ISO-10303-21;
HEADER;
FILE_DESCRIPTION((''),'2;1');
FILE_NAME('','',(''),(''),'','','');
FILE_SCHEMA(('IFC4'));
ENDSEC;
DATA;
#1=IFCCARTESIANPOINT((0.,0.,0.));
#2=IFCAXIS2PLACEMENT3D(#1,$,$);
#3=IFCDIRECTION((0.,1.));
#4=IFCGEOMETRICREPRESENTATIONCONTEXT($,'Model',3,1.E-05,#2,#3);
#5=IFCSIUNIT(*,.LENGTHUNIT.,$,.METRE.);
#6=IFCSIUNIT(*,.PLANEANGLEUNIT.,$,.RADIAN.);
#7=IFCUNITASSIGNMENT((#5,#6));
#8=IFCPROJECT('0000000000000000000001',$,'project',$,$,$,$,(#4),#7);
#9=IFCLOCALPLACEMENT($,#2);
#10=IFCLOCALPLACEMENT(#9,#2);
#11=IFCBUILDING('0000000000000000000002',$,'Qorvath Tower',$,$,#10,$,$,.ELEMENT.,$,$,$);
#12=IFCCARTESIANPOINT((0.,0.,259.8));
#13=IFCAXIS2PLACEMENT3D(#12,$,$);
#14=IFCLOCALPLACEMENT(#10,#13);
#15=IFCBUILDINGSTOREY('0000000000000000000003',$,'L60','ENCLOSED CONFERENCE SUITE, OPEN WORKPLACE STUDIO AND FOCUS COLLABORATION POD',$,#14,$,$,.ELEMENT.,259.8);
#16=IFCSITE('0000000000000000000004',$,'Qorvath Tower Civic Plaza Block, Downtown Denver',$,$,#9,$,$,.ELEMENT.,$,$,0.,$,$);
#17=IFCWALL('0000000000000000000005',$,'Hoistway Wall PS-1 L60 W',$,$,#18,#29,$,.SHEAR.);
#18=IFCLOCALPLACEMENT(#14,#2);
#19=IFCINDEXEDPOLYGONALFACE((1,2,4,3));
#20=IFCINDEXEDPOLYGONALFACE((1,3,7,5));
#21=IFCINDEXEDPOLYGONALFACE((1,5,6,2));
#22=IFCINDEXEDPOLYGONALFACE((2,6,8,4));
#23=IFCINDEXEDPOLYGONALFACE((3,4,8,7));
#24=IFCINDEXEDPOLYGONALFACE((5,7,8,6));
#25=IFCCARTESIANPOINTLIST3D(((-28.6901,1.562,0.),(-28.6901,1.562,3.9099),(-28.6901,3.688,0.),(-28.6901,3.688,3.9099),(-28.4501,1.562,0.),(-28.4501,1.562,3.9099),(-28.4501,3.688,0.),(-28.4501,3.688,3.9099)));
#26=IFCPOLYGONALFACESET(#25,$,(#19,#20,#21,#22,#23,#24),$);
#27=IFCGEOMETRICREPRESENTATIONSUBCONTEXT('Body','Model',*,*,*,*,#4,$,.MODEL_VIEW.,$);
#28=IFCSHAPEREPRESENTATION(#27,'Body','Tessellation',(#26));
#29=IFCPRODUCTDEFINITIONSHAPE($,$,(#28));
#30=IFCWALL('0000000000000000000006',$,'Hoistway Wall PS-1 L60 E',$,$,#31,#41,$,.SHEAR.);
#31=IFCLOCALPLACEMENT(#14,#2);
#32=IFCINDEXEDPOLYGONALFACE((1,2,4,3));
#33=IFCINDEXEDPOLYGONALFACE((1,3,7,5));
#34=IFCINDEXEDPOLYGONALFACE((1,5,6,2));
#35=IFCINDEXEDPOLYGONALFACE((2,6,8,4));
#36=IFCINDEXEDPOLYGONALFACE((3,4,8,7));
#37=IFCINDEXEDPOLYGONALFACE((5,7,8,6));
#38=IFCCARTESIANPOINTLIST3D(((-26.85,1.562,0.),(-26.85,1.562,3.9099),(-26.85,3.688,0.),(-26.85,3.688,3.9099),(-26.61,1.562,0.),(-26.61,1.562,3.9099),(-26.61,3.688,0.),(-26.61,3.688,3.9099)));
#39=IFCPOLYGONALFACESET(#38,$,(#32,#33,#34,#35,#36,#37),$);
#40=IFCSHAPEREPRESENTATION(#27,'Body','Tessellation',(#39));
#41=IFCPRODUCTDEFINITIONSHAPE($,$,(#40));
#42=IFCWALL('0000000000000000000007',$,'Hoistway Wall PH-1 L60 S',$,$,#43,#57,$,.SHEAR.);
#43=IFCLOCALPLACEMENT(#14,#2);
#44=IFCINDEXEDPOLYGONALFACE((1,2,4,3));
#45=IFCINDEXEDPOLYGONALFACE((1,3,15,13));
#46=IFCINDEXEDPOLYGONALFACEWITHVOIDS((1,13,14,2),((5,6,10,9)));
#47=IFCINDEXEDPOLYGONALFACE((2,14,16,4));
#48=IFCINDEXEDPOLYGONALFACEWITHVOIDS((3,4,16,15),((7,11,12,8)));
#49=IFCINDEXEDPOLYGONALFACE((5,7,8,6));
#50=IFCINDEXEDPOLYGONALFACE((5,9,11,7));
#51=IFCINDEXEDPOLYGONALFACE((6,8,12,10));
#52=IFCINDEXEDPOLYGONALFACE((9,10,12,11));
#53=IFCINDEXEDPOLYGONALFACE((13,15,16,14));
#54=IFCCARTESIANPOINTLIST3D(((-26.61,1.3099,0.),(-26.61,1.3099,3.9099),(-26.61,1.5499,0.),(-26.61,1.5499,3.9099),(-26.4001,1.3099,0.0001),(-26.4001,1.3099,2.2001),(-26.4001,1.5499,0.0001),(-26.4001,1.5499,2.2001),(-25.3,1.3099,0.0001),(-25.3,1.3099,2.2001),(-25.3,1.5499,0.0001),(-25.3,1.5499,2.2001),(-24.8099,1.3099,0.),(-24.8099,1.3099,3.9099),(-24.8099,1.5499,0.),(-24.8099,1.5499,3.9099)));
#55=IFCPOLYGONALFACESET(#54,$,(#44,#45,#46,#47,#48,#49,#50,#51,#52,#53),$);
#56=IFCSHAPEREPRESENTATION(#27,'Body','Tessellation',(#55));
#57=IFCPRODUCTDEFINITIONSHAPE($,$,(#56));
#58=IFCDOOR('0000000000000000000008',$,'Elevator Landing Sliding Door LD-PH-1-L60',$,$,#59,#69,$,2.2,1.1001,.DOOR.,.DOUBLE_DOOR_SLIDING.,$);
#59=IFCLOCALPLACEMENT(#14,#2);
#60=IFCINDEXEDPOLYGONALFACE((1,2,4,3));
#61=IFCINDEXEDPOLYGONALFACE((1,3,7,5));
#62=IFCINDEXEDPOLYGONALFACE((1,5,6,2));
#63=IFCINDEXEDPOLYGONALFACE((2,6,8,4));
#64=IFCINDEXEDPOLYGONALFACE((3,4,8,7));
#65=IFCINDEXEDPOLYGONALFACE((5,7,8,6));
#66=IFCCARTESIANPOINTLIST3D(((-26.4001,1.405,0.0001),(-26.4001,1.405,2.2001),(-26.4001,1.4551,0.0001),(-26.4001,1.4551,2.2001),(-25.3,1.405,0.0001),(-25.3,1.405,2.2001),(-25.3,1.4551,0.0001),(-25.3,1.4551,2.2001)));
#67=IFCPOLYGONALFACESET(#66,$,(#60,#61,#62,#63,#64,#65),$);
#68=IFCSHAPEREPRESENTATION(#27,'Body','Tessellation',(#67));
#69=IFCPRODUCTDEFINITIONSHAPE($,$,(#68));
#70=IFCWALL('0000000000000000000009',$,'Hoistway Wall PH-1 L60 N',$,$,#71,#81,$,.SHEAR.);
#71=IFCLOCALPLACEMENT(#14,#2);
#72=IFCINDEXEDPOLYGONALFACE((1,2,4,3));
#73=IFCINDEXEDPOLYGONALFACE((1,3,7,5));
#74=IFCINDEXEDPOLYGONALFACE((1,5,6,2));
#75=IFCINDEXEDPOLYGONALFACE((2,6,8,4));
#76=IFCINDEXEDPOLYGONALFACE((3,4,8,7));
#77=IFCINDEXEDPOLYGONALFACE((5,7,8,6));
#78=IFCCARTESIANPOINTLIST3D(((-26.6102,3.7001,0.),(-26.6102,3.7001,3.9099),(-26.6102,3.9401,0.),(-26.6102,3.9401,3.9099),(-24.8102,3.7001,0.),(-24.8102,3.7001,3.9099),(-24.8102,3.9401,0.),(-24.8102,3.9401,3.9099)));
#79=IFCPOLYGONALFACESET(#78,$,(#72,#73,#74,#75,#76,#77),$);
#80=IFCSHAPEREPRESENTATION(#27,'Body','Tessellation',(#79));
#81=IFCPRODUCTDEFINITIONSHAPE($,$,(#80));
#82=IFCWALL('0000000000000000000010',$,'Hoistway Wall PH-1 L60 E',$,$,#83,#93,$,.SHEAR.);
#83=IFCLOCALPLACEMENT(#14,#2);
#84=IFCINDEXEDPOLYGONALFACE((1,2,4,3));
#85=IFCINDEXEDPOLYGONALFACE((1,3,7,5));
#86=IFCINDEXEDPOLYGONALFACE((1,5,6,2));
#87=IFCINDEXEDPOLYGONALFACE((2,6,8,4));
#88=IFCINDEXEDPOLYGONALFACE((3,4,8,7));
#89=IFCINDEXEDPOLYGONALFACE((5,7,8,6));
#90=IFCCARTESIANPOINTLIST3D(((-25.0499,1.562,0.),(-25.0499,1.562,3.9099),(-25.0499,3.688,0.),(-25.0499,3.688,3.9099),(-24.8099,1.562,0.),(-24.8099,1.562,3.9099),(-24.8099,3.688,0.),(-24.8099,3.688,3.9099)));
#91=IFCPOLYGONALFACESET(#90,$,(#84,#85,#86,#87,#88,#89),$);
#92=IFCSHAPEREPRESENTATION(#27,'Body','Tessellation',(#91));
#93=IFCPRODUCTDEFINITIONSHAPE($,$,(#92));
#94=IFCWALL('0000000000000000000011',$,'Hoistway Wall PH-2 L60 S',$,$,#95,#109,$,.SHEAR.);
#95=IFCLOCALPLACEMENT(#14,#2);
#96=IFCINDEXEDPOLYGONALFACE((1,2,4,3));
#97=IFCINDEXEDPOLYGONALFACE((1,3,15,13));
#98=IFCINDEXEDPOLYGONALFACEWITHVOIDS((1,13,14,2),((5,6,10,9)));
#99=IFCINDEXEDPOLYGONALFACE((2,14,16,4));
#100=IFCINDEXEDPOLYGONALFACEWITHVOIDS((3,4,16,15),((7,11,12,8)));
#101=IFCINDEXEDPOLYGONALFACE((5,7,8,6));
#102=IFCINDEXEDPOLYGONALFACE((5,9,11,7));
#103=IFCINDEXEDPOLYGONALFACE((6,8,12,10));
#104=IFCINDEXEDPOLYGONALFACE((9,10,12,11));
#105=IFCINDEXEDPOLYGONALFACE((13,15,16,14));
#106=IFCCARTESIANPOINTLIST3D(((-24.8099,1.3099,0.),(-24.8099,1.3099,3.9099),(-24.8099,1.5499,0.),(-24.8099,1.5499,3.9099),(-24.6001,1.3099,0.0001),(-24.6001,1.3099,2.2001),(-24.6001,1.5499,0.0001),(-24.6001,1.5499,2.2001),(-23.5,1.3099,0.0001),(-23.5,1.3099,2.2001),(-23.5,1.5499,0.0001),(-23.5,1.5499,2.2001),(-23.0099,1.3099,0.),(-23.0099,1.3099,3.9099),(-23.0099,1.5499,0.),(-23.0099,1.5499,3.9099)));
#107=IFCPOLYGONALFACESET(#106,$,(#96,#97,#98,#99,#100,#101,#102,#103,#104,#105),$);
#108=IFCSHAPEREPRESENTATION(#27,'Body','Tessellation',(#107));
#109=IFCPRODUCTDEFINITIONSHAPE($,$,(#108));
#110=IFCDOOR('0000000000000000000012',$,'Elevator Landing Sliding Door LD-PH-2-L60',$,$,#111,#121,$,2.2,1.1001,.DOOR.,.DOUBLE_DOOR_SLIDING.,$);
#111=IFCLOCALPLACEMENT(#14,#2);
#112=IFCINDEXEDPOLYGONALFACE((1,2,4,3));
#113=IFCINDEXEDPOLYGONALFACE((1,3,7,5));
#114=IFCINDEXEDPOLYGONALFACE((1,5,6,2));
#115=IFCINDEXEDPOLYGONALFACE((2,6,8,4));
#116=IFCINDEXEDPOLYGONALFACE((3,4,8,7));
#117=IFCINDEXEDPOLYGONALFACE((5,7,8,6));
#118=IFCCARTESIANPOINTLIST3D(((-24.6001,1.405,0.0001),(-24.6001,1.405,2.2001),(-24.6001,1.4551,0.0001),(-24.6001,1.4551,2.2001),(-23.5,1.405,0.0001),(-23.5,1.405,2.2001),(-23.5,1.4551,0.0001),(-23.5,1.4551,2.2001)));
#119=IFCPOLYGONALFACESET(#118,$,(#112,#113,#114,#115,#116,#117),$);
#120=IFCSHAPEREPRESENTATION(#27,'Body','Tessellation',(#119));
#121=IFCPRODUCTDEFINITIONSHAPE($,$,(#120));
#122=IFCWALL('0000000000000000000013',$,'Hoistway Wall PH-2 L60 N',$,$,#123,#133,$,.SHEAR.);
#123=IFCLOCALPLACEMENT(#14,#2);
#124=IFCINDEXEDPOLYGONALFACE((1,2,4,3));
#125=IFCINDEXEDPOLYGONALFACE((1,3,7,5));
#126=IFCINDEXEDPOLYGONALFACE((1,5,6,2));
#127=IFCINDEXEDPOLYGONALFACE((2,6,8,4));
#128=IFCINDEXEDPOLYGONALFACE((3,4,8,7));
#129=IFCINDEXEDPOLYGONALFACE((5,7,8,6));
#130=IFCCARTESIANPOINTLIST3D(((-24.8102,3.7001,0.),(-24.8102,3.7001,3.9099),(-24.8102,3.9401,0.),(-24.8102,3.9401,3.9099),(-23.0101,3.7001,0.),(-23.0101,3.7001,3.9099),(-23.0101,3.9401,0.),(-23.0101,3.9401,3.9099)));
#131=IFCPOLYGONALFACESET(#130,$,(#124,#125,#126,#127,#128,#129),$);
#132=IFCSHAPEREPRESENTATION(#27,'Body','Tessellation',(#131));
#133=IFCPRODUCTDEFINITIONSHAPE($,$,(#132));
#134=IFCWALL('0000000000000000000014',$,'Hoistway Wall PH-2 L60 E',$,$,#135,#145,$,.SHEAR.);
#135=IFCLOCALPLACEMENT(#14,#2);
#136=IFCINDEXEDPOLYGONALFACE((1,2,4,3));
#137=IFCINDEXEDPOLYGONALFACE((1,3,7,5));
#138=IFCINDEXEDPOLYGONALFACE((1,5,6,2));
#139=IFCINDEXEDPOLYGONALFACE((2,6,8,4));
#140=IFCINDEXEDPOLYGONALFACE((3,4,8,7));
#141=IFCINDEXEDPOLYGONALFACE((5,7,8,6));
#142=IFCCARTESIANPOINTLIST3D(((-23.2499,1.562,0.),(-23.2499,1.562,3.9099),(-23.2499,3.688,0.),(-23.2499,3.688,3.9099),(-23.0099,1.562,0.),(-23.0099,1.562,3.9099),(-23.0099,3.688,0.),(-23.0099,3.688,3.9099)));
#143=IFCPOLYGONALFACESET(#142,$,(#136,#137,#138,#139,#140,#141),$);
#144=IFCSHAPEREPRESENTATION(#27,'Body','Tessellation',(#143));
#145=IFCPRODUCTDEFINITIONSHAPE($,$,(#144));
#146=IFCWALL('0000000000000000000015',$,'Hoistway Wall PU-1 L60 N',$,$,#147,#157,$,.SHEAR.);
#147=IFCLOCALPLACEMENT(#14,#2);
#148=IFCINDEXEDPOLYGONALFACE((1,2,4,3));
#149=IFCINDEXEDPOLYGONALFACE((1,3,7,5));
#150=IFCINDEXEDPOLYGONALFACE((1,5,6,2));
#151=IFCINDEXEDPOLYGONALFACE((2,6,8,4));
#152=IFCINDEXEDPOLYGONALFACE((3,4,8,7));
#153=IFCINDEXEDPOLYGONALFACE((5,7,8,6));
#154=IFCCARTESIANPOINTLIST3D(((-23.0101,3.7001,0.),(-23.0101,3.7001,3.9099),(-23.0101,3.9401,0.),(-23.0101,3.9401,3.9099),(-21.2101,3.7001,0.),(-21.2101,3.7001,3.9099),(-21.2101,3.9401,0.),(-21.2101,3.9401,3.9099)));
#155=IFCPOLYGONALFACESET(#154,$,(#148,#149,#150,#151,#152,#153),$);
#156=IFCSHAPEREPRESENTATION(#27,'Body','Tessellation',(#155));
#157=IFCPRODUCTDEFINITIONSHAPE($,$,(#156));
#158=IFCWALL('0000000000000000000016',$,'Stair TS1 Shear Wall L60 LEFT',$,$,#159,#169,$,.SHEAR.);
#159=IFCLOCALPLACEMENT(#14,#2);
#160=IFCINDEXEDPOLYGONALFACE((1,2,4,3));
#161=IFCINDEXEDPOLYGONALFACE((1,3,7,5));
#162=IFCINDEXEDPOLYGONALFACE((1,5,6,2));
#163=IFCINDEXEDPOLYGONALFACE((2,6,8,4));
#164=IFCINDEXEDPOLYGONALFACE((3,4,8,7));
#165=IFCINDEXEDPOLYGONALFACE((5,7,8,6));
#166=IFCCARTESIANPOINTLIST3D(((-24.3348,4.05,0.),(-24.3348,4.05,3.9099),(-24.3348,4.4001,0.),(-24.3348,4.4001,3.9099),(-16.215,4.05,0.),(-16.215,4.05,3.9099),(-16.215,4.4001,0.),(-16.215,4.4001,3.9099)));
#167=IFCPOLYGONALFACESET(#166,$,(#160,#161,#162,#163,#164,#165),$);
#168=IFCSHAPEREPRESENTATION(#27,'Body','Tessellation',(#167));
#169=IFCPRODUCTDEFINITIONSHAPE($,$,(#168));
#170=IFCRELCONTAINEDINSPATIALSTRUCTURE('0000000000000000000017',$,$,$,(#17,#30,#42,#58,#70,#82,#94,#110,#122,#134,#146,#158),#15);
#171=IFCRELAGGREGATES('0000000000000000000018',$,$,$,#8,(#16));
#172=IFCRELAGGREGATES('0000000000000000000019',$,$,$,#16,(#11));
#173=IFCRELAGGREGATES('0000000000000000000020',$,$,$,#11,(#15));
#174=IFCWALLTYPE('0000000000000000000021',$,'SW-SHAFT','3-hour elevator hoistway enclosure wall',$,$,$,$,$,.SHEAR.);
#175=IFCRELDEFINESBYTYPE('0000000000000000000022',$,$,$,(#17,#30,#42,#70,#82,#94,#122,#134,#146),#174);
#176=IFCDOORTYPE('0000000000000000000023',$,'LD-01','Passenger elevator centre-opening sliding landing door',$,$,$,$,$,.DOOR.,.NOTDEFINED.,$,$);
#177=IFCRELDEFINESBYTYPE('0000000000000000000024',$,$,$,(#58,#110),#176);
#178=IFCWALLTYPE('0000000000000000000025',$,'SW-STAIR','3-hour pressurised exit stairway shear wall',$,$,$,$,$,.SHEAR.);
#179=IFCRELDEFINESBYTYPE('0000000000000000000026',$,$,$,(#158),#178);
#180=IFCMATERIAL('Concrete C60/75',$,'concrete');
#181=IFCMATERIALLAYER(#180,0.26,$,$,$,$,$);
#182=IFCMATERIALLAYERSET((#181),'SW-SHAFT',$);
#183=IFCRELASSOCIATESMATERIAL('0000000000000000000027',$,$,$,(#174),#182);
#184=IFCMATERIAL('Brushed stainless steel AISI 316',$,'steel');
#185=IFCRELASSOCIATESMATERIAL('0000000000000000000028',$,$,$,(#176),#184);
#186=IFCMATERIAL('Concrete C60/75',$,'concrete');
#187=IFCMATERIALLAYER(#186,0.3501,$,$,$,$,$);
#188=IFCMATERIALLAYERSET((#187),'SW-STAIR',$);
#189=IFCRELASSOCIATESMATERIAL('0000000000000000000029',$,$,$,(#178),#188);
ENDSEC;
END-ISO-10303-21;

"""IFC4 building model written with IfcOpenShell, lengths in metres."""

from ifc_helpers import new_model, si_unit, direction, frame, frame_2d, origin, place, context, subcontext, project, spatial, rectangle, extrude, material, layer, layer_set, type_object, element, fill, save


model = new_model("IFC4")

# Units and contexts
model_context = context("Model", 3, precision=1e-05, world=origin(), true_north=direction((0.0, 1.0)))
body_context = subcontext(model_context, "Body", "Model", "MODEL_VIEW")
ifc_project = project(units=[si_unit("LENGTHUNIT", "METRE"), si_unit("PLANEANGLEUNIT", "RADIAN")], contexts=[model_context])

# Site, building, storey
site_placement = place(None, origin())
site = spatial("IfcSite", under=ifc_project, at=site_placement, Name="Qorvath Tower Civic Plaza Block, Downtown Denver", CompositionType="ELEMENT", RefElevation=0.0)
building_placement = place(site_placement, origin())
building = spatial("IfcBuilding", under=site, at=building_placement, Name="Qorvath Tower", CompositionType="ELEMENT")
storey_placement = place(building_placement, frame((0.0, 0.0, 259.8)))
storey = spatial("IfcBuildingStorey", under=building, at=storey_placement, Name="L60", Description="ENCLOSED CONFERENCE SUITE, OPEN WORKPLACE STUDIO AND FOCUS COLLABORATION POD", CompositionType="ELEMENT", Elevation=259.8)

# Shared definitions
ifc_material_1 = material(Name="Concrete C60/75", Category="concrete")
ifc_layer_1 = layer(ifc_material_1, 0.26)
ifc_layer_set_1 = layer_set([ifc_layer_1], Name="SW-SHAFT")
wall_type_1 = type_object("IfcWallType", Name="SW-SHAFT", Description="3-hour elevator hoistway enclosure wall", PredefinedType="SHEAR", material=ifc_layer_set_1)

# Walls
for number, where, z_axis, x_axis, name in (
    (1, (-28.5701, 1.562, 0.0), (0.0, 0.0, 1.0), (0.0, 1.0, 0.0), "Hoistway Wall PS-1 L60 W"),
    (2, (-26.73, 3.688, 0.0), (0.0, 0.0, 1.0), (0.0, -1.0, 0.0), "Hoistway Wall PS-1 L60 E"),
):
    element("IfcWall", number, at=place(storey_placement, frame(where, z_axis=z_axis, x_axis=x_axis)), inside=storey, type_object=wall_type_1, Name=name, PredefinedType="SHEAR", context=body_context, shape_type="SweptSolid", body=[
        extrude(rectangle(XDim=2.126, YDim=0.24, at=frame_2d((1.063, 0.0))), origin(), (0.0, 0.0, 1.0), 3.9099),
    ])

# Wall, opening, door
wall_1_placement = place(storey_placement, frame((-24.8101, 1.4299, 0.0), z_axis=(0.0, 0.0, 1.0), x_axis=(-1.0, 0.0, 0.0)))
wall_1 = element("IfcWall", 3, at=wall_1_placement, inside=storey, type_object=wall_type_1, Name="Hoistway Wall PH-1 L60 S", PredefinedType="SHEAR", context=body_context, shape_type="SweptSolid", body=[
    extrude(rectangle(XDim=1.8, YDim=0.24, at=frame_2d((0.8999, 0.0))), origin(), (0.0, 0.0, 1.0), 3.9099),
])
opening_1_placement = place(wall_1_placement, frame((0.49, 0.0, 0.0)))
opening_1 = element("IfcOpeningElement", 4, at=opening_1_placement, cuts=wall_1, PredefinedType="OPENING", context=body_context, shape_type="SweptSolid", body=[
    extrude(rectangle(XDim=1.1001, YDim=2.2, at=frame_2d((0.55, 1.1001))), frame((0.0, 0.1299, 0.0), z_axis=(0.0, -1.0, 0.0), x_axis=(1.0, 0.0, 0.0)), (0.0, 0.0, 1.0), 0.26),
])
ifc_material_2 = material(Name="Brushed stainless steel AISI 316", Category="steel")
door_type_1 = type_object("IfcDoorType", Name="LD-01", Description="Passenger elevator centre-opening sliding landing door", OperationType="NOTDEFINED", PredefinedType="DOOR", material=ifc_material_2)
door_1_placement = place(opening_1_placement, origin())
door_1 = element("IfcDoor", 5, at=door_1_placement, inside=storey, type_object=door_type_1, Name="Elevator Landing Sliding Door LD-PH-1-L60", OperationType="DOUBLE_DOOR_SLIDING", OverallHeight=2.2, OverallWidth=1.1001, PredefinedType="DOOR", context=body_context, shape_type="SweptSolid", body=[
    extrude(rectangle(XDim=1.1001, YDim=2.2, at=frame_2d((0.55, 1.1001))), frame((0.0, 0.0249, 0.0), z_axis=(0.0, -1.0, 0.0), x_axis=(1.0, 0.0, 0.0)), (0.0, 0.0, 1.0), 0.05),
])
fill(opening_1, door_1)

# Walls
wall_2_placement = place(storey_placement, frame((-26.6101, 3.8201, 0.0), z_axis=(0.0, 0.0, 1.0), x_axis=(1.0, 0.0, 0.0)))
element("IfcWall", 6, at=wall_2_placement, inside=storey, type_object=wall_type_1, Name="Hoistway Wall PH-1 L60 N", PredefinedType="SHEAR", context=body_context, shape_type="SweptSolid", body=[
    extrude(rectangle(XDim=1.8, YDim=0.24, at=frame_2d((0.8999, 0.0))), origin(), (0.0, 0.0, 1.0), 3.9099),
])
wall_3_placement = place(storey_placement, frame((-24.9299, 3.688, 0.0), z_axis=(0.0, 0.0, 1.0), x_axis=(0.0, -1.0, 0.0)))
element("IfcWall", 7, at=wall_3_placement, inside=storey, type_object=wall_type_1, Name="Hoistway Wall PH-1 L60 E", PredefinedType="SHEAR", context=body_context, shape_type="SweptSolid", body=[
    extrude(rectangle(XDim=2.126, YDim=0.24, at=frame_2d((1.063, 0.0))), origin(), (0.0, 0.0, 1.0), 3.9099),
])

# Wall, opening, door
wall_4_placement = place(storey_placement, frame((-23.01, 1.4299, 0.0), z_axis=(0.0, 0.0, 1.0), x_axis=(-1.0, 0.0, 0.0)))
wall_4 = element("IfcWall", 8, at=wall_4_placement, inside=storey, type_object=wall_type_1, Name="Hoistway Wall PH-2 L60 S", PredefinedType="SHEAR", context=body_context, shape_type="SweptSolid", body=[
    extrude(rectangle(XDim=1.8, YDim=0.24, at=frame_2d((0.8999, 0.0))), origin(), (0.0, 0.0, 1.0), 3.9099),
])
opening_2_placement = place(wall_4_placement, frame((0.49, 0.0, 0.0)))
opening_2 = element("IfcOpeningElement", 9, at=opening_2_placement, cuts=wall_4, PredefinedType="OPENING", context=body_context, shape_type="SweptSolid", body=[
    extrude(rectangle(XDim=1.1001, YDim=2.2, at=frame_2d((0.55, 1.1001))), frame((0.0, 0.1299, 0.0), z_axis=(0.0, -1.0, 0.0), x_axis=(1.0, 0.0, 0.0)), (0.0, 0.0, 1.0), 0.26),
])
door_2_placement = place(opening_2_placement, origin())
door_2 = element("IfcDoor", 10, at=door_2_placement, inside=storey, type_object=door_type_1, Name="Elevator Landing Sliding Door LD-PH-2-L60", OperationType="DOUBLE_DOOR_SLIDING", OverallHeight=2.2, OverallWidth=1.1001, PredefinedType="DOOR", context=body_context, shape_type="SweptSolid", body=[
    extrude(rectangle(XDim=1.1001, YDim=2.2, at=frame_2d((0.55, 1.1001))), frame((0.0, 0.0249, 0.0), z_axis=(0.0, -1.0, 0.0), x_axis=(1.0, 0.0, 0.0)), (0.0, 0.0, 1.0), 0.05),
])
fill(opening_2, door_2)

# Walls
wall_5_placement = place(storey_placement, frame((-24.8101, 3.8201, 0.0), z_axis=(0.0, 0.0, 1.0), x_axis=(1.0, 0.0, 0.0)))
element("IfcWall", 11, at=wall_5_placement, inside=storey, type_object=wall_type_1, Name="Hoistway Wall PH-2 L60 N", PredefinedType="SHEAR", context=body_context, shape_type="SweptSolid", body=[
    extrude(rectangle(XDim=1.8, YDim=0.24, at=frame_2d((0.8999, 0.0))), origin(), (0.0, 0.0, 1.0), 3.9099),
])
wall_6_placement = place(storey_placement, frame((-23.1299, 3.688, 0.0), z_axis=(0.0, 0.0, 1.0), x_axis=(0.0, -1.0, 0.0)))
element("IfcWall", 12, at=wall_6_placement, inside=storey, type_object=wall_type_1, Name="Hoistway Wall PH-2 L60 E", PredefinedType="SHEAR", context=body_context, shape_type="SweptSolid", body=[
    extrude(rectangle(XDim=2.126, YDim=0.24, at=frame_2d((1.063, 0.0))), origin(), (0.0, 0.0, 1.0), 3.9099),
])
wall_7_placement = place(storey_placement, frame((-23.01, 3.8201, 0.0), z_axis=(0.0, 0.0, 1.0), x_axis=(1.0, 0.0, 0.0)))
element("IfcWall", 13, at=wall_7_placement, inside=storey, type_object=wall_type_1, Name="Hoistway Wall PU-1 L60 N", PredefinedType="SHEAR", context=body_context, shape_type="SweptSolid", body=[
    extrude(rectangle(XDim=1.8, YDim=0.24, at=frame_2d((0.8999, 0.0))), origin(), (0.0, 0.0, 1.0), 3.9099),
])
ifc_material_3 = material(Name="Concrete C60/75", Category="concrete")
ifc_layer_2 = layer(ifc_material_3, 0.3501)
ifc_layer_set_2 = layer_set([ifc_layer_2], Name="SW-STAIR")
wall_type_2 = type_object("IfcWallType", Name="SW-STAIR", Description="3-hour pressurised exit stairway shear wall", PredefinedType="SHEAR", material=ifc_layer_set_2)
wall_8_placement = place(storey_placement, frame((-24.335, 4.2251, 0.0), z_axis=(0.0, 0.0, 1.0), x_axis=(1.0, 0.0, 0.0)))
element("IfcWall", 14, at=wall_8_placement, inside=storey, type_object=wall_type_2, Name="Stair TS1 Shear Wall L60 LEFT", PredefinedType="SHEAR", context=body_context, shape_type="SweptSolid", body=[
    extrude(rectangle(XDim=8.1199, YDim=0.3501, at=frame_2d((4.0601, 0.0))), origin(), (0.0, 0.0, 1.0), 3.9099),
])

save(model, "model.ifc")
